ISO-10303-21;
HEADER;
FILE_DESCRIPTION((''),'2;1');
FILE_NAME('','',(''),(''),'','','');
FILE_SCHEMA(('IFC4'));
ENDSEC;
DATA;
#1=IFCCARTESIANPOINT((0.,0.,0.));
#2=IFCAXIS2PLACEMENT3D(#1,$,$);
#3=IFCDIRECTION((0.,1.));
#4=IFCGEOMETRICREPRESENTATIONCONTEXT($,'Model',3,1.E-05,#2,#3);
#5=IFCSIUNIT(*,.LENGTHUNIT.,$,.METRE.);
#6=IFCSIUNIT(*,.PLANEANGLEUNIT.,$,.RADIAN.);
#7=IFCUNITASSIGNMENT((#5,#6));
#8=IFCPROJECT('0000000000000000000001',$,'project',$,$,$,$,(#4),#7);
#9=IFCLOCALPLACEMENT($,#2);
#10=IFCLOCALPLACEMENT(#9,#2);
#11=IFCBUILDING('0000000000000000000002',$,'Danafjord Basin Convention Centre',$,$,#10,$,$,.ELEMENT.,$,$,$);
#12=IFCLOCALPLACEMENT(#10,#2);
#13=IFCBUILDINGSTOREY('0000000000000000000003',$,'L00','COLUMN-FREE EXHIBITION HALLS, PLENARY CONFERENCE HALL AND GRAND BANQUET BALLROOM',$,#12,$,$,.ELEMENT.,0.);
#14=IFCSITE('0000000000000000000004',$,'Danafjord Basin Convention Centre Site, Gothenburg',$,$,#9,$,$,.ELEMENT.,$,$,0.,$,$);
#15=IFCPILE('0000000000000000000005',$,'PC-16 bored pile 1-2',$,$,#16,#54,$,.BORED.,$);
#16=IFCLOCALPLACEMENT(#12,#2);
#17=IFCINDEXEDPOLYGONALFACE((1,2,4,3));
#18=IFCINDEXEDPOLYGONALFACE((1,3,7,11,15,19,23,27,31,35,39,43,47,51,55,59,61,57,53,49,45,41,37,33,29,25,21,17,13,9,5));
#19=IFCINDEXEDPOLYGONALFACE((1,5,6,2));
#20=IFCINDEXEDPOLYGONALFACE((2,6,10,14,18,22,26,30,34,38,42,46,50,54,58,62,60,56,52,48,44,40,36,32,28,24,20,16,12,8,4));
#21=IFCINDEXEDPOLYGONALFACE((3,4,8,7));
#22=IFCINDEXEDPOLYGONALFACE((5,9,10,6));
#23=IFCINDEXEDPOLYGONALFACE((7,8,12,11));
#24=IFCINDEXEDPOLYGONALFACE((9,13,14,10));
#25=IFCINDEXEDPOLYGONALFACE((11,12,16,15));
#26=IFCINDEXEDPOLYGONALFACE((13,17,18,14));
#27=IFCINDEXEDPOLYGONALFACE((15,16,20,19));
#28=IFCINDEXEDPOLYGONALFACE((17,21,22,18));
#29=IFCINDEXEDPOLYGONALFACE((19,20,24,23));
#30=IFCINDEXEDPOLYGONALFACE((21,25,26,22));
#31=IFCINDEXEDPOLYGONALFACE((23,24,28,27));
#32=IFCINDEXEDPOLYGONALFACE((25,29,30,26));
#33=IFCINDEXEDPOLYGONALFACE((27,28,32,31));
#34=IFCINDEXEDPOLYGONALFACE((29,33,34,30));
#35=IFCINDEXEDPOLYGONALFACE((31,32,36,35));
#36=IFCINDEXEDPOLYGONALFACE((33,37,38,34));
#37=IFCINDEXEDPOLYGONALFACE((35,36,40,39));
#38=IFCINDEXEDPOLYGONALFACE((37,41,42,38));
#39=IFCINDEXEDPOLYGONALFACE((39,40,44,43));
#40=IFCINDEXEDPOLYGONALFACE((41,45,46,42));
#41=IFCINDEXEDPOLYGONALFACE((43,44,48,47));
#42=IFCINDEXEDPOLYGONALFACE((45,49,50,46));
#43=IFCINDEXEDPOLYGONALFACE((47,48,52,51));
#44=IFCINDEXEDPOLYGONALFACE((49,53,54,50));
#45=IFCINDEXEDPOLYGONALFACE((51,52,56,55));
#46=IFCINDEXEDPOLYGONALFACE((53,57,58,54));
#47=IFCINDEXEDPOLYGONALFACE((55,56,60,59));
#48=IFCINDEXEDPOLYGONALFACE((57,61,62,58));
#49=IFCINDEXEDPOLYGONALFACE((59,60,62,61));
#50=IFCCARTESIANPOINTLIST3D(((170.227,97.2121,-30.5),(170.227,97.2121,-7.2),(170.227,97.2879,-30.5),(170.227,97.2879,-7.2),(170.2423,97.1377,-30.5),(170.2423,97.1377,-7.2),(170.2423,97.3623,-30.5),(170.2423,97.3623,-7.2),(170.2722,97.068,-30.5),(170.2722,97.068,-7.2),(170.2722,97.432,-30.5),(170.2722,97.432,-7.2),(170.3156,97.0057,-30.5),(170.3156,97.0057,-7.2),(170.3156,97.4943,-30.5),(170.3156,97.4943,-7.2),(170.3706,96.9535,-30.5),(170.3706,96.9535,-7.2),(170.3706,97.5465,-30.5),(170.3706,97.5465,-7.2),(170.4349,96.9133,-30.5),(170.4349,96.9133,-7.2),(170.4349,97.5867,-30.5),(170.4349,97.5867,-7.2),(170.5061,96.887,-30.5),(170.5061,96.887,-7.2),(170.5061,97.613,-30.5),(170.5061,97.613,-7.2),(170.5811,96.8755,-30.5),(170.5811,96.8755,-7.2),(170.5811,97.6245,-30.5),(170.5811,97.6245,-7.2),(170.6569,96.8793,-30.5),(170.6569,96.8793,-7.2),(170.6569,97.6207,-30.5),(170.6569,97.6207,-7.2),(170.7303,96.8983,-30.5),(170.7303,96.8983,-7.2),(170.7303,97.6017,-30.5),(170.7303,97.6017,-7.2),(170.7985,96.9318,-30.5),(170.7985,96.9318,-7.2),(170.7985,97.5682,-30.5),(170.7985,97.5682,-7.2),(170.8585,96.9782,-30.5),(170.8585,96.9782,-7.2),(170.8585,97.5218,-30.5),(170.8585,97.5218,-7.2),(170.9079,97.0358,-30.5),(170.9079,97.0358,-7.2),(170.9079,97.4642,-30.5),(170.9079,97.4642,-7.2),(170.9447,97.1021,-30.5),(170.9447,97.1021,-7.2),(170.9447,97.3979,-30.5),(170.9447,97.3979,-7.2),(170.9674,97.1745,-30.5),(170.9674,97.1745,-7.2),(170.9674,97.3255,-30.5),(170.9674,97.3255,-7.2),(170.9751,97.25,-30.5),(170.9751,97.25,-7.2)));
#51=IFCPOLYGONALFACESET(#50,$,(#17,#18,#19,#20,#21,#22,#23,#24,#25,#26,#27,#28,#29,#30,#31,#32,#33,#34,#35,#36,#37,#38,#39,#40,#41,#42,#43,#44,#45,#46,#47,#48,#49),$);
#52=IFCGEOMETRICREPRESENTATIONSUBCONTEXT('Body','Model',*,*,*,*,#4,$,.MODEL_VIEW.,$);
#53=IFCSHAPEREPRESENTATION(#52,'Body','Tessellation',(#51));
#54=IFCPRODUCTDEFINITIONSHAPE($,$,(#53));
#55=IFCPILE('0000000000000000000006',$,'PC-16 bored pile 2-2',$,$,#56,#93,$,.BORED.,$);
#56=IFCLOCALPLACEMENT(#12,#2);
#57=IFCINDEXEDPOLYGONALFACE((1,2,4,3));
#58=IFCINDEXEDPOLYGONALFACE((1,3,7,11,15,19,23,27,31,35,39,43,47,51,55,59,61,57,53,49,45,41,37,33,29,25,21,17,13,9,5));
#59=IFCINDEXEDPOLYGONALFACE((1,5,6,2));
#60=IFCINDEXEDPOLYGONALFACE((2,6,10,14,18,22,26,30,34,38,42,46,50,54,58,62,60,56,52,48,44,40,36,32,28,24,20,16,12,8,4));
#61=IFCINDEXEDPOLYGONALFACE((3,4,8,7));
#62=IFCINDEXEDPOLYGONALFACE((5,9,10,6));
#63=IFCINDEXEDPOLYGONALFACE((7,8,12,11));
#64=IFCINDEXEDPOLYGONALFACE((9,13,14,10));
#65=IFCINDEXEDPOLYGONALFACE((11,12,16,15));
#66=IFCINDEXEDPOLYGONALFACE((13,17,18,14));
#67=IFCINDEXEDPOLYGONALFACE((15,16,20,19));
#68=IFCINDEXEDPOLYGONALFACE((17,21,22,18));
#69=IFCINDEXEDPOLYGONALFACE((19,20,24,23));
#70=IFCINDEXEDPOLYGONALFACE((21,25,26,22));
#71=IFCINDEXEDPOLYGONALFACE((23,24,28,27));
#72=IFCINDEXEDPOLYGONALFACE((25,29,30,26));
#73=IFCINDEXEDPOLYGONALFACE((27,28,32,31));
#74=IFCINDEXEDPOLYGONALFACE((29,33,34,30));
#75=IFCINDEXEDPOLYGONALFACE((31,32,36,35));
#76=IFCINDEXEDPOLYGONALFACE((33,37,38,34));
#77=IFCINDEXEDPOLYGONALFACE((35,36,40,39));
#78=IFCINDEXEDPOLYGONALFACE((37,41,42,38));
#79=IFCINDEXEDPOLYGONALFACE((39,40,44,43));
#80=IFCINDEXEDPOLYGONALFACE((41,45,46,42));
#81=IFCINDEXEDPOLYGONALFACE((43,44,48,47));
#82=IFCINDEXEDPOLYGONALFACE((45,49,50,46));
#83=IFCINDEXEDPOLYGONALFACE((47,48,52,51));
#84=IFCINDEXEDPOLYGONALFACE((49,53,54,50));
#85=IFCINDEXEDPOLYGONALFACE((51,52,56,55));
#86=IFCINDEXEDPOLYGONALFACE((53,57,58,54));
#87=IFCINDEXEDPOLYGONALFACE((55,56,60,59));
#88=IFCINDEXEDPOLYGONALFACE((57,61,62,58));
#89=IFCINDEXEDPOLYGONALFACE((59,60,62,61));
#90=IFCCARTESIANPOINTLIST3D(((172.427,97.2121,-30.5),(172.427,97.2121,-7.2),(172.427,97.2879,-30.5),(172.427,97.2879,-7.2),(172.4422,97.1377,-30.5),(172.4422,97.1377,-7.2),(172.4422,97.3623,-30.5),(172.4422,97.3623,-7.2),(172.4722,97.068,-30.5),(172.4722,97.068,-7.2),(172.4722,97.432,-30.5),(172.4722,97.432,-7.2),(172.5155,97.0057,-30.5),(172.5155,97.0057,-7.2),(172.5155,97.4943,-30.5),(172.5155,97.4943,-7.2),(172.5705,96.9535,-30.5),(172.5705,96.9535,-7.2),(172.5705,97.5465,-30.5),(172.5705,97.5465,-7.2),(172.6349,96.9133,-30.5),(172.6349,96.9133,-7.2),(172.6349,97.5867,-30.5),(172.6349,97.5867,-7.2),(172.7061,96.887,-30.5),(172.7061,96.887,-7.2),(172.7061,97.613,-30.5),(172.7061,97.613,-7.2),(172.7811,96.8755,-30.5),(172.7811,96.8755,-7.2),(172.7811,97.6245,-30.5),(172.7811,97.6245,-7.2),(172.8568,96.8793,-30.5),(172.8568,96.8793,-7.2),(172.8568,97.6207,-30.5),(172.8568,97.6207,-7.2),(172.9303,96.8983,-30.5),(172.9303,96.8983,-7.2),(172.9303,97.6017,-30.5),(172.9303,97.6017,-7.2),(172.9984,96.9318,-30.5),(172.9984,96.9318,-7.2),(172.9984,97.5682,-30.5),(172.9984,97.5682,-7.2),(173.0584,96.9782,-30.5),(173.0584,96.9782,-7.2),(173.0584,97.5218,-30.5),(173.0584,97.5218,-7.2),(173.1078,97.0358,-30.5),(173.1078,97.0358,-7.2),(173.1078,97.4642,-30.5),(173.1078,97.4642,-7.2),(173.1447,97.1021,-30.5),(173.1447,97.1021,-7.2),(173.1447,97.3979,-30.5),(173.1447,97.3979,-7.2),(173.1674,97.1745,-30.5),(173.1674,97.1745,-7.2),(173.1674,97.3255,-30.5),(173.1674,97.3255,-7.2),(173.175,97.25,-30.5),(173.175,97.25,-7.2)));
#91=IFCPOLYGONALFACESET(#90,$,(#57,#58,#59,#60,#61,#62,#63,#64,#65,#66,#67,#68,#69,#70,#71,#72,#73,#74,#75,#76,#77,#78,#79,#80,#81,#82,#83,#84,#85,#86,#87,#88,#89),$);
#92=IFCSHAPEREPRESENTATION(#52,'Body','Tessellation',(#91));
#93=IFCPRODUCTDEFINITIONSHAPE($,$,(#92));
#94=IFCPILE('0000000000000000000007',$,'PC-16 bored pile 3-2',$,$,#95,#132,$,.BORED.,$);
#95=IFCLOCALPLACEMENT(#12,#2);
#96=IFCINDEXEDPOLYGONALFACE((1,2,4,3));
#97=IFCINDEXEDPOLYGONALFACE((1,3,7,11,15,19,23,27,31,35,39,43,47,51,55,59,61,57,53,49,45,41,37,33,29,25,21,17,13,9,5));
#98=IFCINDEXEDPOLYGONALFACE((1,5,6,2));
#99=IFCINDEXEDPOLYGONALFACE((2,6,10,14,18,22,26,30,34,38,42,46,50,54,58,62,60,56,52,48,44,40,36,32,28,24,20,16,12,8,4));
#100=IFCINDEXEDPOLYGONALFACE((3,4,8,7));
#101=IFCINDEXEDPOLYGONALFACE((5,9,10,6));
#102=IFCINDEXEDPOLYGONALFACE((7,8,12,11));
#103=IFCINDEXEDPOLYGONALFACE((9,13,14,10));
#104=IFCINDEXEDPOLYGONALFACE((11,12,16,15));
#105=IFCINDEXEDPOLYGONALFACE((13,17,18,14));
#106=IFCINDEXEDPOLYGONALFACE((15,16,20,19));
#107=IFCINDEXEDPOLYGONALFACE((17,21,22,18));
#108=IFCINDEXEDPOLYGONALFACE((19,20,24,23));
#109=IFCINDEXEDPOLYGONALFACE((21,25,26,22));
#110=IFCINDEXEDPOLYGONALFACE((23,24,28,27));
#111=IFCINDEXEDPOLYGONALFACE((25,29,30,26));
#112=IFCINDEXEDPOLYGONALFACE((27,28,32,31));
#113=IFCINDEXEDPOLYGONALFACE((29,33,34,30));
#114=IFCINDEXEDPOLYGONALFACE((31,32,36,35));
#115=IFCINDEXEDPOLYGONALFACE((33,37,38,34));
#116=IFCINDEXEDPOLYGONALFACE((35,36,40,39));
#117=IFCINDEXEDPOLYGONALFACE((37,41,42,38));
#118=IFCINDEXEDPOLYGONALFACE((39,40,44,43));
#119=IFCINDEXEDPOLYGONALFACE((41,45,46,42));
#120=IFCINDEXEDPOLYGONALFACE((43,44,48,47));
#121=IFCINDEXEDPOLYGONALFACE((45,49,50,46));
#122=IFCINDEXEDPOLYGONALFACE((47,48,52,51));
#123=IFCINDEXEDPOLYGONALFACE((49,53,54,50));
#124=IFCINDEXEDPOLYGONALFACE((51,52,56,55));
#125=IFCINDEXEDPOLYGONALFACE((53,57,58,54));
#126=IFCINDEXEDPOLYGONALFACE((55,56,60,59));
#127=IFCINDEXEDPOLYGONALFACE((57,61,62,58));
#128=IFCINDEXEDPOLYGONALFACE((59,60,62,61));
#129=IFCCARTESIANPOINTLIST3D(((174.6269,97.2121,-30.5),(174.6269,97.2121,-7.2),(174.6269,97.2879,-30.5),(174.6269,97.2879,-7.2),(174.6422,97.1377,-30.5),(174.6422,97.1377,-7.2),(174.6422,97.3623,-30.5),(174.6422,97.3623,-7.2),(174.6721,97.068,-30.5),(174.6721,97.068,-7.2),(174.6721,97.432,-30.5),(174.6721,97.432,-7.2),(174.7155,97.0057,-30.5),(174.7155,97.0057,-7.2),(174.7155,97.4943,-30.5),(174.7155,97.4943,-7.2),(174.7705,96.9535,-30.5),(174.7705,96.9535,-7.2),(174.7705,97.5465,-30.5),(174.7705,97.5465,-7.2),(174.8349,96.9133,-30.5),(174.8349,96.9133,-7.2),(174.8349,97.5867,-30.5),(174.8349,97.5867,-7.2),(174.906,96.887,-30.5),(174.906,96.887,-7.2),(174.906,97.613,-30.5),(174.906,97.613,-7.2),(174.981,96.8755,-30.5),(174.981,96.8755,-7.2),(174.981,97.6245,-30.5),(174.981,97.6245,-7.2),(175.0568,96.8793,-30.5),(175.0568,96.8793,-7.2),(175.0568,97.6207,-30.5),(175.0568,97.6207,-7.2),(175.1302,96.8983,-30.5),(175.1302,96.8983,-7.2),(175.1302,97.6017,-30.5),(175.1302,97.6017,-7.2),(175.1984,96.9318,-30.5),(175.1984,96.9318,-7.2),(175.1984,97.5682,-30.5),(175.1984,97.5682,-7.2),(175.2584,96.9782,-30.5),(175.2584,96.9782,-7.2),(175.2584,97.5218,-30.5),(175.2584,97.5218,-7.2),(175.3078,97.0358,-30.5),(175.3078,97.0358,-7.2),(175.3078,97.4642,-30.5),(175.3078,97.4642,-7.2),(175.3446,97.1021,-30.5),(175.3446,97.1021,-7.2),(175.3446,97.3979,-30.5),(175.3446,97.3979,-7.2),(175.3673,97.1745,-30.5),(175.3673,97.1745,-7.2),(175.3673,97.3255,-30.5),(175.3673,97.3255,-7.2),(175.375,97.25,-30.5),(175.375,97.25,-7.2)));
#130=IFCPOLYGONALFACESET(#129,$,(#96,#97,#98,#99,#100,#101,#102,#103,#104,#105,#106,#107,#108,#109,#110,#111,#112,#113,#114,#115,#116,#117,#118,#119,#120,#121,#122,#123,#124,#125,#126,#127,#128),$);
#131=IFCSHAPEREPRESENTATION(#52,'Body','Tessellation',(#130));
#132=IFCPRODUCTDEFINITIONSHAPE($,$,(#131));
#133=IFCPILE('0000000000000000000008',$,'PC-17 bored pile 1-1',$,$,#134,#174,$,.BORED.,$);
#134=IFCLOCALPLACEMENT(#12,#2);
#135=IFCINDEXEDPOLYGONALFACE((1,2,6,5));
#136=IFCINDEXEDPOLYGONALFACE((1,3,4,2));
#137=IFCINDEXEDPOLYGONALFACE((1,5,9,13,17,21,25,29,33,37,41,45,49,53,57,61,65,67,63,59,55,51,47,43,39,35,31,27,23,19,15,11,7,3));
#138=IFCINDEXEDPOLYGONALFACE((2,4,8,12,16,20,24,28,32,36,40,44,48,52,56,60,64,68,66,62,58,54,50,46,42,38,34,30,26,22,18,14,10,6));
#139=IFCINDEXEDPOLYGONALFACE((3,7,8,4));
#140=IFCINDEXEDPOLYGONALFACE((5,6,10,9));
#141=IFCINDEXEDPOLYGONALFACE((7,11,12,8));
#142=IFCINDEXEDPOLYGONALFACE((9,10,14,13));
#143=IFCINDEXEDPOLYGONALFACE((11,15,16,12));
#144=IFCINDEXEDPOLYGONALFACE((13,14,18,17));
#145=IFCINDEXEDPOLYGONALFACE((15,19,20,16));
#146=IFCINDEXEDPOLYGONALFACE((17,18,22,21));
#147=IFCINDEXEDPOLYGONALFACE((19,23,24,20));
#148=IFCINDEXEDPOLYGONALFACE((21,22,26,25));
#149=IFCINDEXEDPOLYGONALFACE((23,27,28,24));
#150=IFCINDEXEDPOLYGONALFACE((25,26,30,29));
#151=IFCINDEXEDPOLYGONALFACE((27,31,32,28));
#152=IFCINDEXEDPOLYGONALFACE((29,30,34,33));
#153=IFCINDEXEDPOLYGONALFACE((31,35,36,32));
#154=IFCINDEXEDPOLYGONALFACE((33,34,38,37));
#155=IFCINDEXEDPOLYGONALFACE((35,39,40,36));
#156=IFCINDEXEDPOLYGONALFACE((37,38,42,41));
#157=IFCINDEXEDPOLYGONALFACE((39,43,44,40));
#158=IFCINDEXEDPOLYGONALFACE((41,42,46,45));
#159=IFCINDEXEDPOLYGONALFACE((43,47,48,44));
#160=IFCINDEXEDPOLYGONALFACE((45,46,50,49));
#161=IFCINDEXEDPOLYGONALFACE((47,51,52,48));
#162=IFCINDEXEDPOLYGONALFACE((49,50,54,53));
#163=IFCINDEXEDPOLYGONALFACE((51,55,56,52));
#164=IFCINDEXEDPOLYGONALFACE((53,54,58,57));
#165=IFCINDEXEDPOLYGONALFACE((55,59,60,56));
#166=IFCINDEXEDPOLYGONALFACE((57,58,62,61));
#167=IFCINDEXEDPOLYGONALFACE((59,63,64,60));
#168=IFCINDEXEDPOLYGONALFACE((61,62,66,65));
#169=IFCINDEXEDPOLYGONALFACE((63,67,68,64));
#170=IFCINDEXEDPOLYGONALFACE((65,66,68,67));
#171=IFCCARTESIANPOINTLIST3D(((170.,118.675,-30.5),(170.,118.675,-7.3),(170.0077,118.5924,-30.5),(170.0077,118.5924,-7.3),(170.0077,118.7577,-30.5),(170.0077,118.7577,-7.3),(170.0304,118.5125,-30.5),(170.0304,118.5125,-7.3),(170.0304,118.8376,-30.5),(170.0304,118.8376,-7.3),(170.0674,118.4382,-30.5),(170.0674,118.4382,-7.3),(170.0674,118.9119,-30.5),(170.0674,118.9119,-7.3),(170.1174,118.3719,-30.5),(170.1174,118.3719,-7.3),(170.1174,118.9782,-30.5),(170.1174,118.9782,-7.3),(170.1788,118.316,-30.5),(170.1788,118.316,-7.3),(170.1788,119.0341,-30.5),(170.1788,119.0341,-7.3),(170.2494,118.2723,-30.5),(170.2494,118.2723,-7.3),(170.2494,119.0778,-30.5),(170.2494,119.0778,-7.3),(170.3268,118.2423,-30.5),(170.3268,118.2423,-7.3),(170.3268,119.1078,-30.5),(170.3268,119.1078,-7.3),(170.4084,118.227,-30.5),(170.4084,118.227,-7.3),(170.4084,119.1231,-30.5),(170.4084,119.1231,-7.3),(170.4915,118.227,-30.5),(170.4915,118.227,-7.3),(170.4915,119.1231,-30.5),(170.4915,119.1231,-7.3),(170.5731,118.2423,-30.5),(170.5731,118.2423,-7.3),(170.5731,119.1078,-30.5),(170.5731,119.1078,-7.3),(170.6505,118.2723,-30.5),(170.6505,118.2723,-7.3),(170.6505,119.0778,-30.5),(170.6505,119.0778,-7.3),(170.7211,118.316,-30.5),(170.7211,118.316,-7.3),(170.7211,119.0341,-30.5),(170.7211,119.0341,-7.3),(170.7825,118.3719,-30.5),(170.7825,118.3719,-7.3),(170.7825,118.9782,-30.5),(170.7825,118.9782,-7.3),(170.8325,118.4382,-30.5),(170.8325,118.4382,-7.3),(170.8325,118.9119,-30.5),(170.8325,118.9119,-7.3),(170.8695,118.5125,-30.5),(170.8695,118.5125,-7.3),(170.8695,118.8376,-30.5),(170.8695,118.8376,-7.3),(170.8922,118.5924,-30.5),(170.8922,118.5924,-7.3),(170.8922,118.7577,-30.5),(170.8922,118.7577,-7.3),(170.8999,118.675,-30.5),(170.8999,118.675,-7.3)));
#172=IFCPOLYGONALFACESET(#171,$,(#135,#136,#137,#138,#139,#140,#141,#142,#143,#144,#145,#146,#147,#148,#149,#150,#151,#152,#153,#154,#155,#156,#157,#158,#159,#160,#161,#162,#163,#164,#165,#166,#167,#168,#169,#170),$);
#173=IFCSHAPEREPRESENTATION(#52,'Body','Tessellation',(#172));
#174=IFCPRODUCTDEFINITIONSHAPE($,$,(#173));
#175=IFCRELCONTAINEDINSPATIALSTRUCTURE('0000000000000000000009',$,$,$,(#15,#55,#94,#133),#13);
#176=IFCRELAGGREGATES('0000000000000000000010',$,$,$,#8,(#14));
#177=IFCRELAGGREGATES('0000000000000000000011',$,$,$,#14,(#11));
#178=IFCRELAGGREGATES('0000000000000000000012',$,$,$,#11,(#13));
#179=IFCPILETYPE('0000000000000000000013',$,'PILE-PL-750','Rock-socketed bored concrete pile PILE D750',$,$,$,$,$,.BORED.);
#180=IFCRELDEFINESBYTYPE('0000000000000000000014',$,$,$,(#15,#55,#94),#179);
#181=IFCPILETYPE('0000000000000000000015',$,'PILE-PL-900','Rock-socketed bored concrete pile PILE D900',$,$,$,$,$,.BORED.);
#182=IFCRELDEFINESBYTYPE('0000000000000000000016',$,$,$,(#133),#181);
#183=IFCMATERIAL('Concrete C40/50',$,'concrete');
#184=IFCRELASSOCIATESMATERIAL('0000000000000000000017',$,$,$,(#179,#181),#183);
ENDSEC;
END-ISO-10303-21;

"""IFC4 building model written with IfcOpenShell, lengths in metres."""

from ifc_helpers import new_model, si_unit, direction, frame, origin, origin_2d, place, context, subcontext, project, spatial, circle, extrude, material, material_profile, profile_set, type_object, element, save


model = new_model("IFC4")

# Units and contexts
model_context = context("Model", 3, precision=1e-05, world=origin(), true_north=direction((0.0, 1.0)))
body_context = subcontext(model_context, "Body", "Model", "MODEL_VIEW")
ifc_project = project(units=[si_unit("LENGTHUNIT", "METRE"), si_unit("PLANEANGLEUNIT", "RADIAN")], contexts=[model_context])

# Site, building, storey
site_placement = place(None, origin())
site = spatial("IfcSite", under=ifc_project, at=site_placement, Name="Danafjord Basin Convention Centre Site, Gothenburg", CompositionType="ELEMENT", RefElevation=0.0)
building_placement = place(site_placement, origin())
building = spatial("IfcBuilding", under=site, at=building_placement, Name="Danafjord Basin Convention Centre", CompositionType="ELEMENT")
storey_placement = place(building_placement, origin())
storey = spatial("IfcBuildingStorey", under=building, at=storey_placement, Name="L00", Description="COLUMN-FREE EXHIBITION HALLS, PLENARY CONFERENCE HALL AND GRAND BANQUET BALLROOM", CompositionType="ELEMENT", Elevation=0.0)

# Shared definitions
ifc_material_1 = material(Name="Concrete C40/50", Category="concrete")

# Piles
ifc_material_profile_1 = material_profile(ifc_material_1, circle(Radius=0.375, at=origin_2d()), Name="PILE D750")
ifc_profile_set_1 = profile_set([ifc_material_profile_1], Name="Concrete C40/50")
pile_type_1 = type_object("IfcPileType", Name="PILE-PL-750", Description="Rock-socketed bored concrete pile PILE D750", PredefinedType="BORED", material=ifc_profile_set_1)
for number, where, z_axis, x_axis, name in (
    (1, (170.6001, 97.25, -7.2), (0.0, 0.0, -1.0), (1.0, 0.0, 0.0), "PC-16 bored pile 1-2"),
    (2, (172.8, 97.25, -7.2), (0.0, 0.0, -1.0), (1.0, 0.0, 0.0), "PC-16 bored pile 2-2"),
    (3, (175.0, 97.25, -7.2), (0.0, 0.0, -1.0), (1.0, 0.0, 0.0), "PC-16 bored pile 3-2"),
):
    element("IfcPile", number, at=place(storey_placement, frame(where, z_axis=z_axis, x_axis=x_axis)), inside=storey, type_object=pile_type_1, Name=name, PredefinedType="BORED", context=body_context, shape_type="SweptSolid", body=[
        extrude(circle(Radius=0.375, at=origin_2d()), origin(), (0.0, 0.0, 1.0), 23.3),
    ])
ifc_material_profile_2 = material_profile(ifc_material_1, circle(Radius=0.45, at=origin_2d()), Name="PILE D900")
ifc_profile_set_2 = profile_set([ifc_material_profile_2], Name="Concrete C40/50")
pile_type_2 = type_object("IfcPileType", Name="PILE-PL-900", Description="Rock-socketed bored concrete pile PILE D900", PredefinedType="BORED", material=ifc_profile_set_2)
for number, where, z_axis, x_axis, name in (
    (4, (170.45, 118.675, -7.3), (0.0, 0.0, -1.0), (1.0, 0.0, 0.0), "PC-17 bored pile 1-1"),
):
    element("IfcPile", number, at=place(storey_placement, frame(where, z_axis=z_axis, x_axis=x_axis)), inside=storey, type_object=pile_type_2, Name=name, PredefinedType="BORED", context=body_context, shape_type="SweptSolid", body=[
        extrude(circle(Radius=0.45, at=origin_2d()), origin(), (0.0, 0.0, 1.0), 23.2),
    ])

save(model, "model.ifc")
